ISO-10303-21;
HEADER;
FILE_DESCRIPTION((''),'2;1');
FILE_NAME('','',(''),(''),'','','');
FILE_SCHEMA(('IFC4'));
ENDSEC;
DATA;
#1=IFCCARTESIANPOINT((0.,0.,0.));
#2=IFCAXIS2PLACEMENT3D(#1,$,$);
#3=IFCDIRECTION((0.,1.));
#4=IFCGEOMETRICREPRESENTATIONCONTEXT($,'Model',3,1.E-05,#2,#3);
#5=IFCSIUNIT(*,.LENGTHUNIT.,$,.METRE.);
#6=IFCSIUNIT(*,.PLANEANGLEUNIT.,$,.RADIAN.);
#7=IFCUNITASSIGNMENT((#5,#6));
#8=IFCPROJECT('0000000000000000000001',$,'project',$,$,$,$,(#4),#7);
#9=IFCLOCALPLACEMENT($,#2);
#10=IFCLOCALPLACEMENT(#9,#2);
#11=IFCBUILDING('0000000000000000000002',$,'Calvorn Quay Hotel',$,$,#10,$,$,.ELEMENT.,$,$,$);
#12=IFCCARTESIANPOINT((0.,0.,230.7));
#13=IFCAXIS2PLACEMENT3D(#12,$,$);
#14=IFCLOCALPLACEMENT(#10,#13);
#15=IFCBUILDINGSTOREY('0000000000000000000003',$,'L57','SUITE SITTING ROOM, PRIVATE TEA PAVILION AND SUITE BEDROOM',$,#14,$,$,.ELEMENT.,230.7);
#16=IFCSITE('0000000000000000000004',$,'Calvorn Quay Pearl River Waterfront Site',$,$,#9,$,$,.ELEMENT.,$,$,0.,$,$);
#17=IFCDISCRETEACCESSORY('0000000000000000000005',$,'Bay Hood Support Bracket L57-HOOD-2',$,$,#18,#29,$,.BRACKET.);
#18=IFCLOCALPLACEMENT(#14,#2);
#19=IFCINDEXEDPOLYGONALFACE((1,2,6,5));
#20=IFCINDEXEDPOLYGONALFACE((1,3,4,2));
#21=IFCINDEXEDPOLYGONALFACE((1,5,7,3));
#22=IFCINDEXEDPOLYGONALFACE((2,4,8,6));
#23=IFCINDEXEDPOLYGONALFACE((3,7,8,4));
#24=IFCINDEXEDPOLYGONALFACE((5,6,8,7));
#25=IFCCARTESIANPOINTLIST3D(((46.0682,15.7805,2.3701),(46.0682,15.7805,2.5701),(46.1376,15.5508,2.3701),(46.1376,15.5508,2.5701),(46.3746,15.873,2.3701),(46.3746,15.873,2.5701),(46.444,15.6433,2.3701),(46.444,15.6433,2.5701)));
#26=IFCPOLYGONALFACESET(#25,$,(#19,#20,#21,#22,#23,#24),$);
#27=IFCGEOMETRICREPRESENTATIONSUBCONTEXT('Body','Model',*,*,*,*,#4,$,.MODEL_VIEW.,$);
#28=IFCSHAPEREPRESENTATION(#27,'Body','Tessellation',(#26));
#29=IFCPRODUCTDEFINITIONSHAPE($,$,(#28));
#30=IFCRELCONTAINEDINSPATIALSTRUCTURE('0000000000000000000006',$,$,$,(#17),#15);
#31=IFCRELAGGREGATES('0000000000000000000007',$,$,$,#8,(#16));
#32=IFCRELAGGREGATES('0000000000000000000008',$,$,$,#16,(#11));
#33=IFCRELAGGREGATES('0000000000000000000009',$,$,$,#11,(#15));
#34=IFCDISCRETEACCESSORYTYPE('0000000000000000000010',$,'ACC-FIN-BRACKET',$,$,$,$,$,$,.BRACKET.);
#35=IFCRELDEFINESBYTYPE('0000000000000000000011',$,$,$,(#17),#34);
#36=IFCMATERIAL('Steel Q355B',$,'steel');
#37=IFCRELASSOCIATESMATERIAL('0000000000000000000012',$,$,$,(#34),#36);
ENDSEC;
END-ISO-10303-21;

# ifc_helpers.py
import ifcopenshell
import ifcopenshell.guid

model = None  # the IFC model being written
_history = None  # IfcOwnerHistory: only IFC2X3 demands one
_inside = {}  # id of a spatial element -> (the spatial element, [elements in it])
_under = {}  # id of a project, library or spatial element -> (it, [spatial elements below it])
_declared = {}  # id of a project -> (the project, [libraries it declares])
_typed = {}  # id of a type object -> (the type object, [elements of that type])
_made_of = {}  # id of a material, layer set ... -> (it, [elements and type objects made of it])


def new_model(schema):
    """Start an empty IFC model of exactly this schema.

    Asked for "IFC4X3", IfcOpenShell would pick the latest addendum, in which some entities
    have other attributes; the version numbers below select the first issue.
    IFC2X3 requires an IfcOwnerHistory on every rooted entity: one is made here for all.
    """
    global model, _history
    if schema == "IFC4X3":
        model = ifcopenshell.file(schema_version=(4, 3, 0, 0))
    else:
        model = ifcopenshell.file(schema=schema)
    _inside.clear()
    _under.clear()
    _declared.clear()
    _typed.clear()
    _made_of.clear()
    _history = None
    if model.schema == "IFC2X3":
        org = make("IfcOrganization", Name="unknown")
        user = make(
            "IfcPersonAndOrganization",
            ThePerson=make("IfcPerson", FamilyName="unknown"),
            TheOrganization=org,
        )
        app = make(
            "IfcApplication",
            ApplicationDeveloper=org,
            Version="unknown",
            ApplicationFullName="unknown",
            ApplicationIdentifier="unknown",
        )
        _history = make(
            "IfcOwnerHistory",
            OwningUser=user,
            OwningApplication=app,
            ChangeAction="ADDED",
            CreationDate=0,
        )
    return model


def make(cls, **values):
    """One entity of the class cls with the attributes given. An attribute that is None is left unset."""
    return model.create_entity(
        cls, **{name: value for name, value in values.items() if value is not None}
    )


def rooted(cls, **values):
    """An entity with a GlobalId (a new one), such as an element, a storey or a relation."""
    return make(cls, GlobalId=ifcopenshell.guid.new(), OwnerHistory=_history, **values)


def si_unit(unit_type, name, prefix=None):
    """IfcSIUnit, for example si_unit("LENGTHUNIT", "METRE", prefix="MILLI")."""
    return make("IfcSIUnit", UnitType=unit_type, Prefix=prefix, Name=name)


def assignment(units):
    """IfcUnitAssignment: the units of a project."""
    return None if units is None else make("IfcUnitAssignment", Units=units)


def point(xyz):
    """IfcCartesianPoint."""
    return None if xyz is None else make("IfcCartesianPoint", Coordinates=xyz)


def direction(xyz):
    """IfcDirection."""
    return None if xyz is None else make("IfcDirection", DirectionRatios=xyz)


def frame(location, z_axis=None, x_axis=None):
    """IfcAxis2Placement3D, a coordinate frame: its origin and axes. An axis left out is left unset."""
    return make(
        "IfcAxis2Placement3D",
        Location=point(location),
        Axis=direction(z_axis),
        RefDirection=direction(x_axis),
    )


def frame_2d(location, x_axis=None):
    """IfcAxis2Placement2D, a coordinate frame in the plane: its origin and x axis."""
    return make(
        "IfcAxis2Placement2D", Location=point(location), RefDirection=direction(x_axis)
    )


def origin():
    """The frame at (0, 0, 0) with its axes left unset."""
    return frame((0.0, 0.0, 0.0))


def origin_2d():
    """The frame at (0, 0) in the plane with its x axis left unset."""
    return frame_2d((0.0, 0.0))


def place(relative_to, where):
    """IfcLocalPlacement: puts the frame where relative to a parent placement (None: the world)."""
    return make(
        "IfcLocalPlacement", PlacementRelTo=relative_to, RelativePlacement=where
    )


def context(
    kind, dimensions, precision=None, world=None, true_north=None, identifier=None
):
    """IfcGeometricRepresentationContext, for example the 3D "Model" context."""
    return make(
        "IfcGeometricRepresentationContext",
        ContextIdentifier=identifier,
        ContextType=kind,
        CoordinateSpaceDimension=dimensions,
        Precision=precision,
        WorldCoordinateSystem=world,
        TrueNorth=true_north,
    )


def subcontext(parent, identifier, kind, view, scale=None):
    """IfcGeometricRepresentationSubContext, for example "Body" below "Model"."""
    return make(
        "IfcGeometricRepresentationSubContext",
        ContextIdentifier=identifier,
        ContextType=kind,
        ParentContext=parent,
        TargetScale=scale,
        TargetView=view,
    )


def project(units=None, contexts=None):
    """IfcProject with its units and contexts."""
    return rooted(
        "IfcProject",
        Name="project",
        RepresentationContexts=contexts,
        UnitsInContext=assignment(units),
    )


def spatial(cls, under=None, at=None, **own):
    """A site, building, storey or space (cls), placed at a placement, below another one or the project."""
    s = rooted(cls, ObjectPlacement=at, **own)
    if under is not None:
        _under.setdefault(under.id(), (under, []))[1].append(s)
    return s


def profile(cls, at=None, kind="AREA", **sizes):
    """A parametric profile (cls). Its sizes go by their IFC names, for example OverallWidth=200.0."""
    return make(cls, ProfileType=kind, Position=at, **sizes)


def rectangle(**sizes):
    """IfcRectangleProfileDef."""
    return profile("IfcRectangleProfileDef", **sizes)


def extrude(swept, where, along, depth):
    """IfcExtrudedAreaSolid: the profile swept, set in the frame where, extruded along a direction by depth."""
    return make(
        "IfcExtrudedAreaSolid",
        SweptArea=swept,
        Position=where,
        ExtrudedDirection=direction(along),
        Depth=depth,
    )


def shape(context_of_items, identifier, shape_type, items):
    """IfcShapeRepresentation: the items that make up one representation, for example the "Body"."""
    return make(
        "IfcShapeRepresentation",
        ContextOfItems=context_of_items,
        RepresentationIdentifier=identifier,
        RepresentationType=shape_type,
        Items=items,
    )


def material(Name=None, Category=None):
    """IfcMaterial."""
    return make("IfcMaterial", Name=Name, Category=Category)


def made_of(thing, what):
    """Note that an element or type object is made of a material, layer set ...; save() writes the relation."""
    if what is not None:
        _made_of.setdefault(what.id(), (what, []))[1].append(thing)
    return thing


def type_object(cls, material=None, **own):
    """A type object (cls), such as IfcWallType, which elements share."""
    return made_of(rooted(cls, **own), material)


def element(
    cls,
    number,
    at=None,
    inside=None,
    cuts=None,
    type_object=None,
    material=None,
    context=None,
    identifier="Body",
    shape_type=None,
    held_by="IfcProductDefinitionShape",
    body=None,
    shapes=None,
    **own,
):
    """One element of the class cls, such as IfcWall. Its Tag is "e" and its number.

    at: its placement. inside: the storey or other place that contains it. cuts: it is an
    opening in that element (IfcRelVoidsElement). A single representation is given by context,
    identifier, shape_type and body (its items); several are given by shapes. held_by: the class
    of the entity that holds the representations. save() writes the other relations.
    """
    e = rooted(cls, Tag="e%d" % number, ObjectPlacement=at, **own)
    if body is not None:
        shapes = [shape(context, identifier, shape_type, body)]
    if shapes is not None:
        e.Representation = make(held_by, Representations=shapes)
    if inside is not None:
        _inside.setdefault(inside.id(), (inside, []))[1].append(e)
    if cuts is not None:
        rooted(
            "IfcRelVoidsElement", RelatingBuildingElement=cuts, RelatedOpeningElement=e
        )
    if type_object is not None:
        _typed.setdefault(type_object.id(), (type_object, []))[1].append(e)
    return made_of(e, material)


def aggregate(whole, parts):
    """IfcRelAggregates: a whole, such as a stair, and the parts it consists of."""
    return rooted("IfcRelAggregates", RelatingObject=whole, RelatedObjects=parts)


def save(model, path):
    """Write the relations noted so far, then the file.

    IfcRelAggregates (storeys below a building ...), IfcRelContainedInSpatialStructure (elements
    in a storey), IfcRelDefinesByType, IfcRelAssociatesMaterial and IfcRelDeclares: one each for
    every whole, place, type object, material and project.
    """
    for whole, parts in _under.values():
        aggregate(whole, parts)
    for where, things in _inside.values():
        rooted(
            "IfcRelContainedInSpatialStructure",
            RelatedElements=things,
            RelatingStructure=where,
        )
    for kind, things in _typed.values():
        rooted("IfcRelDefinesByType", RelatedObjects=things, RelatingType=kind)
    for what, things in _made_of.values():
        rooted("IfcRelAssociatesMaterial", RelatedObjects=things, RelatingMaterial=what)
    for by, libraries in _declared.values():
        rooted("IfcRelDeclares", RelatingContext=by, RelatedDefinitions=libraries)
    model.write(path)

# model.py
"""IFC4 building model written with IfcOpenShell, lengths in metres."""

from ifc_helpers import new_model, si_unit, direction, frame, origin, origin_2d, place, context, subcontext, project, spatial, rectangle, extrude, material, type_object, element, save


model = new_model("IFC4")

# Units and contexts
model_context = context("Model", 3, precision=1e-05, world=origin(), true_north=direction((0.0, 1.0)))
body_context = subcontext(model_context, "Body", "Model", "MODEL_VIEW")
ifc_project = project(units=[si_unit("LENGTHUNIT", "METRE"), si_unit("PLANEANGLEUNIT", "RADIAN")], contexts=[model_context])

# Site, building, storey
site_placement = place(None, origin())
site = spatial("IfcSite", under=ifc_project, at=site_placement, Name="Calvorn Quay Pearl River Waterfront Site", CompositionType="ELEMENT", RefElevation=0.0)
building_placement = place(site_placement, origin())
building = spatial("IfcBuilding", under=site, at=building_placement, Name="Calvorn Quay Hotel", CompositionType="ELEMENT")
storey_placement = place(building_placement, frame((0.0, 0.0, 230.7)))
storey = spatial("IfcBuildingStorey", under=building, at=storey_placement, Name="L57", Description="SUITE SITTING ROOM, PRIVATE TEA PAVILION AND SUITE BEDROOM", CompositionType="ELEMENT", Elevation=230.7)

# Discrete accessory
ifc_material_1 = material(Name="Steel Q355B", Category="steel")
discrete_accessory_type = type_object("IfcDiscreteAccessoryType", Name="ACC-FIN-BRACKET", PredefinedType="BRACKET", material=ifc_material_1)
for number, where, z_axis, x_axis, name in (
    (1, (46.2561, 15.7119, 2.3701), (0.0, 0.0, 1.0), (0.957319, 0.289032, 0.0), "Bay Hood Support Bracket L57-HOOD-2"),
):
    element("IfcDiscreteAccessory", number, at=place(storey_placement, frame(where, z_axis=z_axis, x_axis=x_axis)), inside=storey, type_object=discrete_accessory_type, Name=name, PredefinedType="BRACKET", context=body_context, shape_type="SweptSolid", body=[
        extrude(rectangle(XDim=0.3201, YDim=0.24, at=origin_2d()), origin(), (0.0, 0.0, 1.0), 0.2),
    ])

save(model, "model.ifc")
